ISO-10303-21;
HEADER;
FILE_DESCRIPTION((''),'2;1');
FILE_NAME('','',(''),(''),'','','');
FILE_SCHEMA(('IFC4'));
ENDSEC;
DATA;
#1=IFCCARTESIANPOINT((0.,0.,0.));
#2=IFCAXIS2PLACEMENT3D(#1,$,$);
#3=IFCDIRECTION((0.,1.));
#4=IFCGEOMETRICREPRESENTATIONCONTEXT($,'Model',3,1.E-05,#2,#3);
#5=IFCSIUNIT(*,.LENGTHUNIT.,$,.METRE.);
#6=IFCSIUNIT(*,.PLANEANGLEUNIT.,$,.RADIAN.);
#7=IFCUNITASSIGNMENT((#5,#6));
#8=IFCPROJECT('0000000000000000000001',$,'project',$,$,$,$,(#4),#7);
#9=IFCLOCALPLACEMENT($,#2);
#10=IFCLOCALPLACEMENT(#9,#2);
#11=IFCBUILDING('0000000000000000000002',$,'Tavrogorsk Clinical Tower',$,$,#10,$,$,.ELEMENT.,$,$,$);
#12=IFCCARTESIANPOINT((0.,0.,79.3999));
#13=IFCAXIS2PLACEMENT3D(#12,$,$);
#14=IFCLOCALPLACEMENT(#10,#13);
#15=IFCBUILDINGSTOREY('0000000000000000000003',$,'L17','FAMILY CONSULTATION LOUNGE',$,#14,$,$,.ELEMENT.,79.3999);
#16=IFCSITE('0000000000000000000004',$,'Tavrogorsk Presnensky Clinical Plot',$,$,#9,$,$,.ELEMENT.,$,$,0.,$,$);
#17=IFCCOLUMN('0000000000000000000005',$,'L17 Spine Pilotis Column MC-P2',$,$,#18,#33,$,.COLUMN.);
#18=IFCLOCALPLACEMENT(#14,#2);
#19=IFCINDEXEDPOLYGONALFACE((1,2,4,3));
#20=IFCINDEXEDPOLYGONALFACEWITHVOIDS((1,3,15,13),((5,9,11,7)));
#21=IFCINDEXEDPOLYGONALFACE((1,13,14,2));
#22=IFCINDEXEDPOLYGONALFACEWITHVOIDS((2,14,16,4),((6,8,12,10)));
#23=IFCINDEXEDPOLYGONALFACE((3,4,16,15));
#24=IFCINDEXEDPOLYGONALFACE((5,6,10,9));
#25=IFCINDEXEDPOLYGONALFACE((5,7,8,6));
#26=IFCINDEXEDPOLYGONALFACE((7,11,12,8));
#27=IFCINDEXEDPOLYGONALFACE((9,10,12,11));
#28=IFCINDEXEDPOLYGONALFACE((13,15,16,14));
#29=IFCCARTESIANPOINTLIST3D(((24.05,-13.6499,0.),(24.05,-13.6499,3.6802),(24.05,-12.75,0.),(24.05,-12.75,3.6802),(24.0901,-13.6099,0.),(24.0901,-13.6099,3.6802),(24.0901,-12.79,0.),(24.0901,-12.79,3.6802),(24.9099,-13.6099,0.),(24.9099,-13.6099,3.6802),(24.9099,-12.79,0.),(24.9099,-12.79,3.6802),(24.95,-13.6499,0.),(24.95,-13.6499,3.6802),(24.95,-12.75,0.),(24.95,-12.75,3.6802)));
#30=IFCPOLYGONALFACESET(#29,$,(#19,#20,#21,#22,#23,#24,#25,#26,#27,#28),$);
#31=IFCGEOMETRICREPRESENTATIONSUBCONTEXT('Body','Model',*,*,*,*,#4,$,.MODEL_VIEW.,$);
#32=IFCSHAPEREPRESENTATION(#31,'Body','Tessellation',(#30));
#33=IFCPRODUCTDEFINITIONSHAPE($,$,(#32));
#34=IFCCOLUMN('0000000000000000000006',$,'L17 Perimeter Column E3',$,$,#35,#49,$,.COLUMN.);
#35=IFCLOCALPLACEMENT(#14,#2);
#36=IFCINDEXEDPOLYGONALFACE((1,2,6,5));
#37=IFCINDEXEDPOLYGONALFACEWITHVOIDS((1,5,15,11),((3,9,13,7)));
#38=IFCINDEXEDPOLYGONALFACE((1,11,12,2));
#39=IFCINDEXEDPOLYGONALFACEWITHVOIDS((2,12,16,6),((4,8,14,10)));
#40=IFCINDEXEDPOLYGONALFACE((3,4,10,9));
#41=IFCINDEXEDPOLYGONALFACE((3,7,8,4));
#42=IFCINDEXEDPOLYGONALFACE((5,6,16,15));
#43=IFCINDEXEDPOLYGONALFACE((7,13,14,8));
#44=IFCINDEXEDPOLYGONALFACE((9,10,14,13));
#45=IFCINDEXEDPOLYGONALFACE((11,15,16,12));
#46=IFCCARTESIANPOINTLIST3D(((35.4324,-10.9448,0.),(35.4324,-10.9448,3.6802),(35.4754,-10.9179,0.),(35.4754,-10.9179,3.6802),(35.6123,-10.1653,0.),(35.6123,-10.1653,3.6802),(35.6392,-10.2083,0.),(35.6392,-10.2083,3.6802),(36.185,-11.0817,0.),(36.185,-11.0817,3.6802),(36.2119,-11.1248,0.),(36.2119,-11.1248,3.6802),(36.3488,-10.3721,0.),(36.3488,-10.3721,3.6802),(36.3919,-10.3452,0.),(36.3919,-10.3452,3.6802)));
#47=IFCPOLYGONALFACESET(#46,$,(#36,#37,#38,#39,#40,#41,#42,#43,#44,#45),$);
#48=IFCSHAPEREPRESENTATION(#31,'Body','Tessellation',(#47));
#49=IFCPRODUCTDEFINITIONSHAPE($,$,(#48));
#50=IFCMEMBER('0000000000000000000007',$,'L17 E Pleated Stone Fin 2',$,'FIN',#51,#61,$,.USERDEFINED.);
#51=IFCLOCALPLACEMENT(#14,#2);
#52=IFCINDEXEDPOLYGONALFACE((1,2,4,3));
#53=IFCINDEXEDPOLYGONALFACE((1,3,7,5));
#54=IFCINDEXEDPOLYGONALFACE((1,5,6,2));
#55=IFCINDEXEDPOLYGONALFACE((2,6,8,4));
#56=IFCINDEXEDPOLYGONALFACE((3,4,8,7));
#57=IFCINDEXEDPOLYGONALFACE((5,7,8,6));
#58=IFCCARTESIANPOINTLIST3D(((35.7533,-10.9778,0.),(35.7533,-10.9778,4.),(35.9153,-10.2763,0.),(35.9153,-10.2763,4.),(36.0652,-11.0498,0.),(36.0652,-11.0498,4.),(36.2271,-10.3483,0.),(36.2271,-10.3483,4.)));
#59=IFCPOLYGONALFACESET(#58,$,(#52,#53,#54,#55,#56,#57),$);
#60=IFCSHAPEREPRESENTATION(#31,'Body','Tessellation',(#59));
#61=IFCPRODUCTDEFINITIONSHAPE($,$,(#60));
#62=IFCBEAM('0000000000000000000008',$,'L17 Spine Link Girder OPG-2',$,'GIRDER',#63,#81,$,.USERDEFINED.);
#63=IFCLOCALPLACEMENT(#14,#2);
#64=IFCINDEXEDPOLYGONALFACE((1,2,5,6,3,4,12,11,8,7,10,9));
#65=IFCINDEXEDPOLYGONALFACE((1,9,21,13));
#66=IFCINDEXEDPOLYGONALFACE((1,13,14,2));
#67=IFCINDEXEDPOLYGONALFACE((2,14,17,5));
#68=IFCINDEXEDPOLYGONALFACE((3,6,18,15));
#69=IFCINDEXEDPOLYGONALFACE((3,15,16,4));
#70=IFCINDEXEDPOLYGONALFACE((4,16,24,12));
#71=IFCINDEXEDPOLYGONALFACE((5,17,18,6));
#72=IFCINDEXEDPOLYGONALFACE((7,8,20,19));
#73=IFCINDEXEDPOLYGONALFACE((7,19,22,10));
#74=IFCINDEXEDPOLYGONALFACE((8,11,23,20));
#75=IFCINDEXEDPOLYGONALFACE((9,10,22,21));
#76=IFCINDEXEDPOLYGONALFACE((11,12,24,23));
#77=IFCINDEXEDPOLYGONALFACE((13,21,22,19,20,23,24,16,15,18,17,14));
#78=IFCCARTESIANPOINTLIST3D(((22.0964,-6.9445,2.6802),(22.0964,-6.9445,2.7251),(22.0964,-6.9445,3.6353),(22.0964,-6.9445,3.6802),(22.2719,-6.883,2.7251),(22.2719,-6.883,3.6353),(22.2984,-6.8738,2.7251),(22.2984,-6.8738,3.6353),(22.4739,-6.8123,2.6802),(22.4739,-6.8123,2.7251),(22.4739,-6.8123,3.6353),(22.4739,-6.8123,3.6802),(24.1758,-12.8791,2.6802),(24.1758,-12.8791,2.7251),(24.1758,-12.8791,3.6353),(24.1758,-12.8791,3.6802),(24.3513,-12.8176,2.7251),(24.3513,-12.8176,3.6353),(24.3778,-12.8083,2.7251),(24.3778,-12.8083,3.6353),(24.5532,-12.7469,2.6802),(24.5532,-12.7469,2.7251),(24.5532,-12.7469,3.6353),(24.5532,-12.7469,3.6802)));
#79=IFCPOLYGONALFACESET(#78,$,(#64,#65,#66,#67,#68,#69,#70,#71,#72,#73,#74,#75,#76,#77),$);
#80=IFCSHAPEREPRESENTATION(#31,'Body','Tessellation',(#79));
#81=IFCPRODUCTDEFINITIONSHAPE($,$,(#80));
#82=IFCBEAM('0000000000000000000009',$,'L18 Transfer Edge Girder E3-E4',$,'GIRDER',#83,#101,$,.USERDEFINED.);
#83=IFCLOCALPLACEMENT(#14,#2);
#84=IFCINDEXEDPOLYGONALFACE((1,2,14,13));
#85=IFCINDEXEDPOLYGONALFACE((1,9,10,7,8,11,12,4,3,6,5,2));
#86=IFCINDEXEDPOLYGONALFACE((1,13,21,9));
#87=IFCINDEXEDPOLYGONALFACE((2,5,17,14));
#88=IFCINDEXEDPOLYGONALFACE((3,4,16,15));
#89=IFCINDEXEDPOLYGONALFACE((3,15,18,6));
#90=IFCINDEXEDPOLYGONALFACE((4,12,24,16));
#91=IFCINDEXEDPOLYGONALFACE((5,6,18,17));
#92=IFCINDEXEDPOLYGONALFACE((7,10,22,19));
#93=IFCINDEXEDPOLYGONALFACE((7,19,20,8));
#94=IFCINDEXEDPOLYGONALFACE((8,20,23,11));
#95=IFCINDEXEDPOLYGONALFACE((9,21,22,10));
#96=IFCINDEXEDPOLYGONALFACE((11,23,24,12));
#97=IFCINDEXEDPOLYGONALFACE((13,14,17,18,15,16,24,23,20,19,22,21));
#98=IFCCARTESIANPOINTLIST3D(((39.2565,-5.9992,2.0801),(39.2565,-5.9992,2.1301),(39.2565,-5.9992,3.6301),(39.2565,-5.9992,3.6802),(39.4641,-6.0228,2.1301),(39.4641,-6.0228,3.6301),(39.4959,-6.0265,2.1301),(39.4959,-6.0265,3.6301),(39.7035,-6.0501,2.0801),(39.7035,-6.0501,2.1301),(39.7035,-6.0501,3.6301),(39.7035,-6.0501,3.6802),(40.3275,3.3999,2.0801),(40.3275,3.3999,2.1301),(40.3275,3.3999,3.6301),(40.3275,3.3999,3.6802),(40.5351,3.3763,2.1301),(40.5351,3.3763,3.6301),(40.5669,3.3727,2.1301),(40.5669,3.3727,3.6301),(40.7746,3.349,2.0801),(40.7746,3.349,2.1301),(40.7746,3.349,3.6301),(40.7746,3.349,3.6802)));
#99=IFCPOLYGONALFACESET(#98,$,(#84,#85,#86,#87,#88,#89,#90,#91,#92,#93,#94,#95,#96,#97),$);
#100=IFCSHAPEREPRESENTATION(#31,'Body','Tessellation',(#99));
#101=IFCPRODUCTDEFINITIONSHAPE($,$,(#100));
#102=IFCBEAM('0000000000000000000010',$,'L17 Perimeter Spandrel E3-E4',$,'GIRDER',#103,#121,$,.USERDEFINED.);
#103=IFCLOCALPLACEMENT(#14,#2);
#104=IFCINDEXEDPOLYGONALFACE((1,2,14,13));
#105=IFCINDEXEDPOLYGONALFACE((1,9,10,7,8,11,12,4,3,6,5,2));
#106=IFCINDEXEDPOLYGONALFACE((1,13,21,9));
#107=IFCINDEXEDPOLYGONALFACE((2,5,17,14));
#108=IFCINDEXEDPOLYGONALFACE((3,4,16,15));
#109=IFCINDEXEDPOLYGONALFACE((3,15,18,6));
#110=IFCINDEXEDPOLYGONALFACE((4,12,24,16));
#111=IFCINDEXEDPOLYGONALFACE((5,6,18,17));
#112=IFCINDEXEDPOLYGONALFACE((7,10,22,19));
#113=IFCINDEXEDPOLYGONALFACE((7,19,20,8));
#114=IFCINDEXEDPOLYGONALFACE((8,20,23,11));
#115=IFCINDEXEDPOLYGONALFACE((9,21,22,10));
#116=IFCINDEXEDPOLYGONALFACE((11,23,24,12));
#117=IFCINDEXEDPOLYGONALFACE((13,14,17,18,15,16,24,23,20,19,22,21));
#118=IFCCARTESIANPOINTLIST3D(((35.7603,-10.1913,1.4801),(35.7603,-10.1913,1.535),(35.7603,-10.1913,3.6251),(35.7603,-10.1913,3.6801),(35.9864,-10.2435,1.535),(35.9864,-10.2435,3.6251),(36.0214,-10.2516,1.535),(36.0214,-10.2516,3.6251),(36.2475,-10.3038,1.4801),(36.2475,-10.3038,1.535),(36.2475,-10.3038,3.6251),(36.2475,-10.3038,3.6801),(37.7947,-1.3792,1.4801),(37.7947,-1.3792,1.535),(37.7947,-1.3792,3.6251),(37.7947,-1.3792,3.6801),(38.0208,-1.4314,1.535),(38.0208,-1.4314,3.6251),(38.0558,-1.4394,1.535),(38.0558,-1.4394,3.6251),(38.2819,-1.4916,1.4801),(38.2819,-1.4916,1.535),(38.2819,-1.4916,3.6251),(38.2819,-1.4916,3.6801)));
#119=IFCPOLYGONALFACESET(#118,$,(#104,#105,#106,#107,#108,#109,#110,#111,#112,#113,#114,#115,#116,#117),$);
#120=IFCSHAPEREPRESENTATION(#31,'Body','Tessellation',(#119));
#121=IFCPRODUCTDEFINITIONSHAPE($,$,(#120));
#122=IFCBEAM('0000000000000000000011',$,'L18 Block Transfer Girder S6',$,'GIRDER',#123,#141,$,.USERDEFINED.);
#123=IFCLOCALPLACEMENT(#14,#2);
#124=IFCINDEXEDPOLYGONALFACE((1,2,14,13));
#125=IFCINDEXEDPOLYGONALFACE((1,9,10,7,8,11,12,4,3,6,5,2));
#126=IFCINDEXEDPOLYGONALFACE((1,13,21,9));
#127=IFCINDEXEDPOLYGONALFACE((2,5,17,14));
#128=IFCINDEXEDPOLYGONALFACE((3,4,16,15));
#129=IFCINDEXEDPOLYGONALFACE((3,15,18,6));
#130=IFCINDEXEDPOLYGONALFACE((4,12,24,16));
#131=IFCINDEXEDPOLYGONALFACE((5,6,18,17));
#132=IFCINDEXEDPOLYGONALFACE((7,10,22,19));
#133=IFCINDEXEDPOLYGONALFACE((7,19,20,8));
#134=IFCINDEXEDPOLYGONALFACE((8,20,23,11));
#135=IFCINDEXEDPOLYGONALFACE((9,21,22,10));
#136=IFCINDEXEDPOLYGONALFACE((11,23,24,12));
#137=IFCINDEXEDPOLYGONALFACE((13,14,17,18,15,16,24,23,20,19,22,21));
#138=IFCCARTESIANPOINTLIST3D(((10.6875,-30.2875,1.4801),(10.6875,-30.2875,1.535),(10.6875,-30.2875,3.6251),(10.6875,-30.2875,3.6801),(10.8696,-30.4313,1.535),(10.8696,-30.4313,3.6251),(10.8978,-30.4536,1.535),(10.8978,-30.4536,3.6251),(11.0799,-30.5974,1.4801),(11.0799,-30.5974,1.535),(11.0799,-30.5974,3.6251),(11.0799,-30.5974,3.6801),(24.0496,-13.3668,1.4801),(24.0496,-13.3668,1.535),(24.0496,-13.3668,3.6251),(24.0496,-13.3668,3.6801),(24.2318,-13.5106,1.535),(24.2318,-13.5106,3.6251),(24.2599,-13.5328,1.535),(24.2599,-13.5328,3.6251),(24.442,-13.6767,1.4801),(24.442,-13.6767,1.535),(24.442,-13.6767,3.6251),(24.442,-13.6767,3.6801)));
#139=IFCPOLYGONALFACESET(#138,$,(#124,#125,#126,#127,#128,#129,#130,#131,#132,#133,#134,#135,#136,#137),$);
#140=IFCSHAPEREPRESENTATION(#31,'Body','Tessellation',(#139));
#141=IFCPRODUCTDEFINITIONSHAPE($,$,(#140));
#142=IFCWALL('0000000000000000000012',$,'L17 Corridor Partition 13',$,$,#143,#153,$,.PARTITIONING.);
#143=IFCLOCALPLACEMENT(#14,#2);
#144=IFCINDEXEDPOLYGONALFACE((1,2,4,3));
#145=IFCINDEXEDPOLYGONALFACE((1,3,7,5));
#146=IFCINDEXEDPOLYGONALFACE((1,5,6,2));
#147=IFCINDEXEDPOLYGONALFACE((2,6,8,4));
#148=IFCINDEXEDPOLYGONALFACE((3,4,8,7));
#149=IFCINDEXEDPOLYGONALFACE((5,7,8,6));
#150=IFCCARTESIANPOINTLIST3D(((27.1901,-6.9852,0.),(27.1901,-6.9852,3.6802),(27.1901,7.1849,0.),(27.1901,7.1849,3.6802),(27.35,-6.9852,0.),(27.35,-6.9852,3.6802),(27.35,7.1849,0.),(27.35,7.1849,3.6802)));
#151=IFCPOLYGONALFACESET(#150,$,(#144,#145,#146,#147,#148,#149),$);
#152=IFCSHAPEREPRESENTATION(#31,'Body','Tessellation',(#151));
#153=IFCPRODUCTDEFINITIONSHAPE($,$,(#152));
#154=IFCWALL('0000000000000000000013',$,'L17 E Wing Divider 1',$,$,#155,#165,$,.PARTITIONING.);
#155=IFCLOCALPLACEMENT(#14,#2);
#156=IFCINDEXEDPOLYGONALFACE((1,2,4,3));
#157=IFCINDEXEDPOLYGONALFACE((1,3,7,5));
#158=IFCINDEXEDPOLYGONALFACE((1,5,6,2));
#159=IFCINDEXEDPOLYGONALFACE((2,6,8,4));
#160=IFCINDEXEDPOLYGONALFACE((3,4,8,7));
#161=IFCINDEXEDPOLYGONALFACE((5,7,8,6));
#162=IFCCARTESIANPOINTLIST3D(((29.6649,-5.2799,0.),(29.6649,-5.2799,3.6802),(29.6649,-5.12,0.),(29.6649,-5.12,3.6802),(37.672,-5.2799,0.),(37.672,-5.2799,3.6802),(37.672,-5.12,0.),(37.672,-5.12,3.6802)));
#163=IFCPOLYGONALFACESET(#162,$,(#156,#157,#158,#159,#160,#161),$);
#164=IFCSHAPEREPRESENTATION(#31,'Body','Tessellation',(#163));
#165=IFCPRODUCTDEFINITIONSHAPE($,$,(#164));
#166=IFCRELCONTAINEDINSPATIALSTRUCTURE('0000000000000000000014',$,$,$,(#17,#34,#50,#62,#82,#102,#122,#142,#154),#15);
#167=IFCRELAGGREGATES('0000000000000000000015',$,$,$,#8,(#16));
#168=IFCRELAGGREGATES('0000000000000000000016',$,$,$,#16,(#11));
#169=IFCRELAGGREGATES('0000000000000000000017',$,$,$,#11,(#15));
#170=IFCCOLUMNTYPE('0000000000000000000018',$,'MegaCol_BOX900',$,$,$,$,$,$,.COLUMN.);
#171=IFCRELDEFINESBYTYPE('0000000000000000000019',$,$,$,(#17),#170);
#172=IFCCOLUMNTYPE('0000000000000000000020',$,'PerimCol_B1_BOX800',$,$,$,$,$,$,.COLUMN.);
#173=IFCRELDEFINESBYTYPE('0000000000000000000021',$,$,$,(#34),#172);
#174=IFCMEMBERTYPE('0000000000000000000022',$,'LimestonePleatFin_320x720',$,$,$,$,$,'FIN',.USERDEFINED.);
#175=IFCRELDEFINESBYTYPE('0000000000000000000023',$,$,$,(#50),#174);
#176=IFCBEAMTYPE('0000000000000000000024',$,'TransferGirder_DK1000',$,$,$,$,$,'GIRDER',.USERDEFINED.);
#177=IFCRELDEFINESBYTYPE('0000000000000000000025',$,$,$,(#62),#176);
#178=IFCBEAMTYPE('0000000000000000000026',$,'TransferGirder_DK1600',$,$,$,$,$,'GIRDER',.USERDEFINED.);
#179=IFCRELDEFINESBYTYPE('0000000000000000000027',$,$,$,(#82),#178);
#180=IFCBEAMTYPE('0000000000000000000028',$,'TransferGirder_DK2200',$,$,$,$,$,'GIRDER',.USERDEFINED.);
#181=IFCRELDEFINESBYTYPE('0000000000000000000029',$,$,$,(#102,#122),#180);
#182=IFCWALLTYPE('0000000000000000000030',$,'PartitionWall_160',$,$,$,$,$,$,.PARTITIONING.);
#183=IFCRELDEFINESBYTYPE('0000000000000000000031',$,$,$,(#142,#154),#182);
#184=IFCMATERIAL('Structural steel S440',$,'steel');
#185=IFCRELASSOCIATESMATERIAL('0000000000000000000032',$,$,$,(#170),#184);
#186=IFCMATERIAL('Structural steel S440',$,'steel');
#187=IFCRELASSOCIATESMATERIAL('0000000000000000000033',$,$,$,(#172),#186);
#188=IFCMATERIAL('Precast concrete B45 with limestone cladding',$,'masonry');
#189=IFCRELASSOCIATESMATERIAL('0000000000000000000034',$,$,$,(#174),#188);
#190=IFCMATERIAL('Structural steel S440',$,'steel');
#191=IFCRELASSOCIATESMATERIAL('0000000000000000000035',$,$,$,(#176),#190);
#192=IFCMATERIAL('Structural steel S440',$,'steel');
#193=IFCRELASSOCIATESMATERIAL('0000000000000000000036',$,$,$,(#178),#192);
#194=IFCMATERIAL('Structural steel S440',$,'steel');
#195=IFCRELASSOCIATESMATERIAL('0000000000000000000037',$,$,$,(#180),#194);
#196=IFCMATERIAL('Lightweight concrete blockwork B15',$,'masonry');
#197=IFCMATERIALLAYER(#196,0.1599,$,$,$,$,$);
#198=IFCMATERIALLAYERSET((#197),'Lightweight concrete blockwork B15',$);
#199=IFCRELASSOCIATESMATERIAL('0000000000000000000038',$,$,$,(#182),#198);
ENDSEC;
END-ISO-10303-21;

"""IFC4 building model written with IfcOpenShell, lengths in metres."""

from ifc_helpers import new_model, si_unit, direction, frame, frame_2d, origin, origin_2d, place, context, subcontext, project, spatial, rectangle, hollow_rectangle, i_section, extrude, material, layer, layer_set, material_profile, profile_set, type_object, element, save


model = new_model("IFC4")

# Units and contexts
model_context = context("Model", 3, precision=1e-05, world=origin(), true_north=direction((0.0, 1.0)))
body_context = subcontext(model_context, "Body", "Model", "MODEL_VIEW")
ifc_project = project(units=[si_unit("LENGTHUNIT", "METRE"), si_unit("PLANEANGLEUNIT", "RADIAN")], contexts=[model_context])

# Site, building, storey
site_placement = place(None, origin())
site = spatial("IfcSite", under=ifc_project, at=site_placement, Name="Tavrogorsk Presnensky Clinical Plot", CompositionType="ELEMENT", RefElevation=0.0)
building_placement = place(site_placement, origin())
building = spatial("IfcBuilding", under=site, at=building_placement, Name="Tavrogorsk Clinical Tower", CompositionType="ELEMENT")
storey_placement = place(building_placement, frame((0.0, 0.0, 79.3999)))
storey = spatial("IfcBuildingStorey", under=building, at=storey_placement, Name="L17", Description="FAMILY CONSULTATION LOUNGE", CompositionType="ELEMENT", Elevation=79.3999)

# Columns
ifc_material_1 = material(Name="Structural steel S440", Category="steel")
ifc_material_profile_1 = material_profile(ifc_material_1, hollow_rectangle(XDim=0.8999, YDim=0.8999, WallThickness=0.04, at=origin_2d()), Name="BOX-900x900x40")
ifc_profile_set_1 = profile_set([ifc_material_profile_1], Name="Structural steel S440")
column_type_1 = type_object("IfcColumnType", Name="MegaCol_BOX900", PredefinedType="COLUMN", material=ifc_profile_set_1)
column_1_placement = place(storey_placement, frame((24.5, -13.2, 0.0), z_axis=(0.0, 0.0, 1.0), x_axis=(1.0, 0.0, 0.0)))
element("IfcColumn", 1, at=column_1_placement, inside=storey, type_object=column_type_1, Name="L17 Spine Pilotis Column MC-P2", PredefinedType="COLUMN", context=body_context, shape_type="SweptSolid", body=[
    extrude(hollow_rectangle(XDim=0.8999, YDim=0.8999, WallThickness=0.04, at=origin_2d()), origin(), (0.0, 0.0, 1.0), 3.6802),
])
ifc_material_2 = material(Name="Structural steel S440", Category="steel")
ifc_material_profile_2 = material_profile(ifc_material_2, hollow_rectangle(XDim=0.8, YDim=0.8, WallThickness=0.0359, at=origin_2d()), Name="BOX-800x800x36")
ifc_profile_set_2 = profile_set([ifc_material_profile_2], Name="Structural steel S440")
column_type_2 = type_object("IfcColumnType", Name="PerimCol_B1_BOX800", PredefinedType="COLUMN", material=ifc_profile_set_2)
column_2_placement = place(storey_placement, frame((35.9121, -10.645, 0.0), z_axis=(0.0, 0.0, 1.0), x_axis=(0.97437, -0.224951, 0.0)))
element("IfcColumn", 2, at=column_2_placement, inside=storey, type_object=column_type_2, Name="L17 Perimeter Column E3", PredefinedType="COLUMN", context=body_context, shape_type="SweptSolid", body=[
    extrude(hollow_rectangle(XDim=0.8, YDim=0.8, WallThickness=0.0359, at=origin_2d()), origin(), (0.0, 0.0, 1.0), 3.6802),
])

# Member
ifc_material_3 = material(Name="Precast concrete B45 with limestone cladding", Category="masonry")
ifc_material_profile_3 = material_profile(ifc_material_3, rectangle(XDim=0.3201, YDim=0.72, at=origin_2d()), Name="LIMESTONE-FIN-320x720")
ifc_profile_set_3 = profile_set([ifc_material_profile_3], Name="Precast concrete B45 with limestone cladding")
member_type = type_object("IfcMemberType", Name="LimestonePleatFin_320x720", ElementType="FIN", PredefinedType="USERDEFINED", material=ifc_profile_set_3)
member_placement = place(storey_placement, frame((35.9902, -10.6631, 0.0), z_axis=(0.0, 0.0, 1.0), x_axis=(0.97437, -0.224951, 0.0)))
element("IfcMember", 3, at=member_placement, inside=storey, type_object=member_type, Name="L17 E Pleated Stone Fin 2", ObjectType="FIN", PredefinedType="USERDEFINED", context=body_context, shape_type="SweptSolid", body=[
    extrude(rectangle(XDim=0.3201, YDim=0.72, at=origin_2d()), origin(), (0.0, 0.0, 1.0), 4.0),
])

# Beams
ifc_material_4 = material(Name="Structural steel S440", Category="steel")
ifc_material_profile_4 = material_profile(ifc_material_4, i_section(OverallWidth=0.3999, OverallDepth=1.0, WebThickness=0.0281, FlangeThickness=0.0449, at=origin_2d()), Name="DK-1000x400x28x45")
ifc_profile_set_4 = profile_set([ifc_material_profile_4], Name="Structural steel S440")
beam_type_1 = type_object("IfcBeamType", Name="TransferGirder_DK1000", ElementType="GIRDER", PredefinedType="USERDEFINED", material=ifc_profile_set_4)
beam_1_placement = place(storey_placement, frame((24.3645, -12.813, 3.1802), z_axis=(-0.330669, 0.943747, 0.0), x_axis=(-0.943747, -0.330669, 0.0)))
element("IfcBeam", 4, at=beam_1_placement, inside=storey, type_object=beam_type_1, Name="L17 Spine Link Girder OPG-2", ObjectType="GIRDER", PredefinedType="USERDEFINED", context=body_context, shape_type="SweptSolid", body=[
    extrude(i_section(OverallWidth=0.3999, OverallDepth=1.0, WebThickness=0.0281, FlangeThickness=0.0449, at=origin_2d()), origin(), (0.0, 0.0, 1.0), 6.2883),
])
ifc_material_5 = material(Name="Structural steel S440", Category="steel")
ifc_material_profile_5 = material_profile(ifc_material_5, i_section(OverallWidth=0.45, OverallDepth=1.6001, WebThickness=0.032, FlangeThickness=0.05, at=origin_2d()), Name="DK-1600x450x32x50")
ifc_profile_set_5 = profile_set([ifc_material_profile_5], Name="Structural steel S440")
beam_type_2 = type_object("IfcBeamType", Name="TransferGirder_DK1600", ElementType="GIRDER", PredefinedType="USERDEFINED", material=ifc_profile_set_5)
beam_2_placement = place(storey_placement, frame((39.48, -6.0247, 2.8801), z_axis=(0.113218, 0.99357, 0.0), x_axis=(-0.99357, 0.113218, 0.0)))
element("IfcBeam", 5, at=beam_2_placement, inside=storey, type_object=beam_type_2, Name="L18 Transfer Edge Girder E3-E4", ObjectType="GIRDER", PredefinedType="USERDEFINED", context=body_context, shape_type="SweptSolid", body=[
    extrude(i_section(OverallWidth=0.45, OverallDepth=1.6001, WebThickness=0.032, FlangeThickness=0.05, at=origin_2d()), origin(), (0.0, 0.0, 1.0), 9.46),
])
ifc_material_6 = material(Name="Structural steel S440", Category="steel")
ifc_material_profile_6 = material_profile(ifc_material_6, i_section(OverallWidth=0.5, OverallDepth=2.2, WebThickness=0.0359, FlangeThickness=0.0549, at=origin_2d()), Name="DK-2200x500x36x55")
ifc_profile_set_6 = profile_set([ifc_material_profile_6], Name="Structural steel S440")
beam_type_3 = type_object("IfcBeamType", Name="TransferGirder_DK2200", ElementType="GIRDER", PredefinedType="USERDEFINED", material=ifc_profile_set_6)
beam_3_placement = place(storey_placement, frame((36.0039, -10.2476, 2.5801), z_axis=(0.224946, 0.974371, 0.0), x_axis=(-0.974371, 0.224946, 0.0)))
element("IfcBeam", 6, at=beam_3_placement, inside=storey, type_object=beam_type_3, Name="L17 Perimeter Spandrel E3-E4", ObjectType="GIRDER", PredefinedType="USERDEFINED", context=body_context, shape_type="SweptSolid", body=[
    extrude(i_section(OverallWidth=0.5, OverallDepth=2.2, WebThickness=0.0359, FlangeThickness=0.0549, at=origin_2d()), origin(), (0.0, 0.0, 1.0), 9.0439),
])
beam_4_placement = place(storey_placement, frame((24.2458, -13.5217, 2.5801), z_axis=(-0.619749, -0.7848, 0.0), x_axis=(0.7848, -0.619749, 0.0)))
element("IfcBeam", 7, at=beam_4_placement, inside=storey, type_object=beam_type_3, Name="L18 Block Transfer Girder S6", ObjectType="GIRDER", PredefinedType="USERDEFINED", context=body_context, shape_type="SweptSolid", body=[
    extrude(i_section(OverallWidth=0.5, OverallDepth=2.2, WebThickness=0.0359, FlangeThickness=0.0549, at=origin_2d()), origin(), (0.0, 0.0, 1.0), 21.5605),
])

# Shared definitions
ifc_material_7 = material(Name="Lightweight concrete blockwork B15", Category="masonry")
ifc_layer = layer(ifc_material_7, 0.1599)
ifc_layer_set = layer_set([ifc_layer], Name="Lightweight concrete blockwork B15")
wall_type = type_object("IfcWallType", Name="PartitionWall_160", PredefinedType="PARTITIONING", material=ifc_layer_set)

# Walls
wall_1_placement = place(storey_placement, frame((27.27, -6.9851, 0.0), z_axis=(0.0, 0.0, 1.0), x_axis=(0.0, 1.0, 0.0)))
element("IfcWall", 8, at=wall_1_placement, inside=storey, type_object=wall_type, Name="L17 Corridor Partition 13", PredefinedType="PARTITIONING", context=body_context, shape_type="SweptSolid", body=[
    extrude(rectangle(XDim=14.1702, YDim=0.1599, at=frame_2d((7.085, 0.0))), origin(), (0.0, 0.0, 1.0), 3.6802),
])
wall_2_placement = place(storey_placement, frame((29.665, -5.2, 0.0), z_axis=(0.0, 0.0, 1.0), x_axis=(1.0, 0.0, 0.0)))
element("IfcWall", 9, at=wall_2_placement, inside=storey, type_object=wall_type, Name="L17 E Wing Divider 1", PredefinedType="PARTITIONING", context=body_context, shape_type="SweptSolid", body=[
    extrude(rectangle(XDim=8.0071, YDim=0.1599, at=frame_2d((4.0034, 0.0))), origin(), (0.0, 0.0, 1.0), 3.6802),
])

save(model, "model.ifc")
